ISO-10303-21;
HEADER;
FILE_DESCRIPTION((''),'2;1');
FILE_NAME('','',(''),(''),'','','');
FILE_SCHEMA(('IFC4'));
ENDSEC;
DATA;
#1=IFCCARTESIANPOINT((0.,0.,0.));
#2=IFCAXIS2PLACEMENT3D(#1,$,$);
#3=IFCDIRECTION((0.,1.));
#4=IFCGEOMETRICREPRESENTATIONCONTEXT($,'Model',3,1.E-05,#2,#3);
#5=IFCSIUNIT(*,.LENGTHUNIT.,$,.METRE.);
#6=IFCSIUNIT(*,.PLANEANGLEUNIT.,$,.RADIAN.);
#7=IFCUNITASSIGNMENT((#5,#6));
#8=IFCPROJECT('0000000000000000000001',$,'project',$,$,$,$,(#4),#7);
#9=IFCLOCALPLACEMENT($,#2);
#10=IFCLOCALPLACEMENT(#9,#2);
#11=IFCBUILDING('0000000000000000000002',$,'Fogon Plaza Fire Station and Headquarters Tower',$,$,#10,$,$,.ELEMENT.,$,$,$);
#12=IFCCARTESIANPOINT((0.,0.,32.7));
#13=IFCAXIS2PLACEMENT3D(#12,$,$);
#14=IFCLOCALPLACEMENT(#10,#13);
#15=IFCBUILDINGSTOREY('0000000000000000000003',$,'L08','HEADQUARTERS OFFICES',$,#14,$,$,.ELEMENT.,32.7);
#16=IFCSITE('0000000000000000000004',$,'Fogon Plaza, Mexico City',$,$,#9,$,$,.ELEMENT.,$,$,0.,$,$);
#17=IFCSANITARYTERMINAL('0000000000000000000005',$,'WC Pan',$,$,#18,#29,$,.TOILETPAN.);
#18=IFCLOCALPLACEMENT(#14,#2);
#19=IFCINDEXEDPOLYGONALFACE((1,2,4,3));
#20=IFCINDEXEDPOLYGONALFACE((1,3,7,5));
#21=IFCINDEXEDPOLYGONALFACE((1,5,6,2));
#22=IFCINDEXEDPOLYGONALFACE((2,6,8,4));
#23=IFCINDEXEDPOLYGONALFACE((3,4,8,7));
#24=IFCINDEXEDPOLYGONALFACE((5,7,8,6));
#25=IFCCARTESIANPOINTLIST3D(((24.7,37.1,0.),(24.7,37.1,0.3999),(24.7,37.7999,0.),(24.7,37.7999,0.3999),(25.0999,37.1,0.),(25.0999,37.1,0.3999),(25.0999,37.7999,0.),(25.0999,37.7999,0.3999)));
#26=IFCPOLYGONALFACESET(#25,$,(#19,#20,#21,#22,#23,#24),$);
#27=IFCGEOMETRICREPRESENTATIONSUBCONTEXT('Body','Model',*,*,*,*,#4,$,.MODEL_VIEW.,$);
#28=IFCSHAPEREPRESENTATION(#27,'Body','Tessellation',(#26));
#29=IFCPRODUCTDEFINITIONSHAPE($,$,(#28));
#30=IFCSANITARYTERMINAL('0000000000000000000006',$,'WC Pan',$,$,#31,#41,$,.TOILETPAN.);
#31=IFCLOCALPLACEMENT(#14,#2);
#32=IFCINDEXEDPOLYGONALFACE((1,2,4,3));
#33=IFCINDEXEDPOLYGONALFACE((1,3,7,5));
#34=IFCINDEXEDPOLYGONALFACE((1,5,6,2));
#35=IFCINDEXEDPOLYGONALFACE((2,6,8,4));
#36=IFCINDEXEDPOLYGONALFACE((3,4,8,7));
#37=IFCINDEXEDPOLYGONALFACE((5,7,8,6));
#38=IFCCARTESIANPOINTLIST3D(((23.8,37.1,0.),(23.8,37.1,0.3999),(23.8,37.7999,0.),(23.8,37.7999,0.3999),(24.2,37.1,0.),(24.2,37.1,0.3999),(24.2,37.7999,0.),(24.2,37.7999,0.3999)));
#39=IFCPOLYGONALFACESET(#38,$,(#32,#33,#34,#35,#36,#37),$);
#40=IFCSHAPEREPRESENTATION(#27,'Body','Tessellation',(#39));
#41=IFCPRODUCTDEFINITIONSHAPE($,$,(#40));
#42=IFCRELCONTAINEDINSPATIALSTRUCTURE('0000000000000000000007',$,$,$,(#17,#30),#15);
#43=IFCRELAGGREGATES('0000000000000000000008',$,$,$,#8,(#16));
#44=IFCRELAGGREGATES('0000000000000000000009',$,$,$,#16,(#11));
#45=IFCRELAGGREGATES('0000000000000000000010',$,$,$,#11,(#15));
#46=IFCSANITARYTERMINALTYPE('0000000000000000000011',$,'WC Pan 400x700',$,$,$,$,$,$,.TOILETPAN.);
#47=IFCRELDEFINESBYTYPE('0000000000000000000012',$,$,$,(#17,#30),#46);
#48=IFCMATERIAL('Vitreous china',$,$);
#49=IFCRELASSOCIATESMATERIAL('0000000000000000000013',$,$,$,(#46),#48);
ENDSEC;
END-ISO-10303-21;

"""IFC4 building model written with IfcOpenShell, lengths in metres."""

from ifc_helpers import new_model, si_unit, direction, frame, origin, origin_2d, place, context, subcontext, project, spatial, rectangle, extrude, material, type_object, element, save


model = new_model("IFC4")

# Units and contexts
model_context = context("Model", 3, precision=1e-05, world=origin(), true_north=direction((0.0, 1.0)))
body_context = subcontext(model_context, "Body", "Model", "MODEL_VIEW")
ifc_project = project(units=[si_unit("LENGTHUNIT", "METRE"), si_unit("PLANEANGLEUNIT", "RADIAN")], contexts=[model_context])

# Site, building, storey
site_placement = place(None, origin())
site = spatial("IfcSite", under=ifc_project, at=site_placement, Name="Fogon Plaza, Mexico City", CompositionType="ELEMENT", RefElevation=0.0)
building_placement = place(site_placement, origin())
building = spatial("IfcBuilding", under=site, at=building_placement, Name="Fogon Plaza Fire Station and Headquarters Tower", CompositionType="ELEMENT")
storey_placement = place(building_placement, frame((0.0, 0.0, 32.7)))
storey = spatial("IfcBuildingStorey", under=building, at=storey_placement, Name="L08", Description="HEADQUARTERS OFFICES", CompositionType="ELEMENT", Elevation=32.7)

# Sanitary terminals
ifc_material_1 = material(Name="Vitreous china")
sanitary_terminal_type_1 = type_object("IfcSanitaryTerminalType", Name="WC Pan 400x700", PredefinedType="TOILETPAN", material=ifc_material_1)
for number, where, z_axis, x_axis, name in (
    (1, (24.8999, 37.45, 0.0), (0.0, 0.0, 1.0), (1.0, 0.0, 0.0), "WC Pan"),
    (2, (24.0, 37.45, 0.0), (0.0, 0.0, 1.0), (1.0, 0.0, 0.0), "WC Pan"),
):
    element("IfcSanitaryTerminal", number, at=place(storey_placement, frame(where, z_axis=z_axis, x_axis=x_axis)), inside=storey, type_object=sanitary_terminal_type_1, Name=name, PredefinedType="TOILETPAN", context=body_context, shape_type="SweptSolid", body=[
        extrude(rectangle(XDim=0.3999, YDim=0.7, at=origin_2d()), origin(), (0.0, 0.0, 1.0), 0.3999),
    ])

save(model, "model.ifc")
